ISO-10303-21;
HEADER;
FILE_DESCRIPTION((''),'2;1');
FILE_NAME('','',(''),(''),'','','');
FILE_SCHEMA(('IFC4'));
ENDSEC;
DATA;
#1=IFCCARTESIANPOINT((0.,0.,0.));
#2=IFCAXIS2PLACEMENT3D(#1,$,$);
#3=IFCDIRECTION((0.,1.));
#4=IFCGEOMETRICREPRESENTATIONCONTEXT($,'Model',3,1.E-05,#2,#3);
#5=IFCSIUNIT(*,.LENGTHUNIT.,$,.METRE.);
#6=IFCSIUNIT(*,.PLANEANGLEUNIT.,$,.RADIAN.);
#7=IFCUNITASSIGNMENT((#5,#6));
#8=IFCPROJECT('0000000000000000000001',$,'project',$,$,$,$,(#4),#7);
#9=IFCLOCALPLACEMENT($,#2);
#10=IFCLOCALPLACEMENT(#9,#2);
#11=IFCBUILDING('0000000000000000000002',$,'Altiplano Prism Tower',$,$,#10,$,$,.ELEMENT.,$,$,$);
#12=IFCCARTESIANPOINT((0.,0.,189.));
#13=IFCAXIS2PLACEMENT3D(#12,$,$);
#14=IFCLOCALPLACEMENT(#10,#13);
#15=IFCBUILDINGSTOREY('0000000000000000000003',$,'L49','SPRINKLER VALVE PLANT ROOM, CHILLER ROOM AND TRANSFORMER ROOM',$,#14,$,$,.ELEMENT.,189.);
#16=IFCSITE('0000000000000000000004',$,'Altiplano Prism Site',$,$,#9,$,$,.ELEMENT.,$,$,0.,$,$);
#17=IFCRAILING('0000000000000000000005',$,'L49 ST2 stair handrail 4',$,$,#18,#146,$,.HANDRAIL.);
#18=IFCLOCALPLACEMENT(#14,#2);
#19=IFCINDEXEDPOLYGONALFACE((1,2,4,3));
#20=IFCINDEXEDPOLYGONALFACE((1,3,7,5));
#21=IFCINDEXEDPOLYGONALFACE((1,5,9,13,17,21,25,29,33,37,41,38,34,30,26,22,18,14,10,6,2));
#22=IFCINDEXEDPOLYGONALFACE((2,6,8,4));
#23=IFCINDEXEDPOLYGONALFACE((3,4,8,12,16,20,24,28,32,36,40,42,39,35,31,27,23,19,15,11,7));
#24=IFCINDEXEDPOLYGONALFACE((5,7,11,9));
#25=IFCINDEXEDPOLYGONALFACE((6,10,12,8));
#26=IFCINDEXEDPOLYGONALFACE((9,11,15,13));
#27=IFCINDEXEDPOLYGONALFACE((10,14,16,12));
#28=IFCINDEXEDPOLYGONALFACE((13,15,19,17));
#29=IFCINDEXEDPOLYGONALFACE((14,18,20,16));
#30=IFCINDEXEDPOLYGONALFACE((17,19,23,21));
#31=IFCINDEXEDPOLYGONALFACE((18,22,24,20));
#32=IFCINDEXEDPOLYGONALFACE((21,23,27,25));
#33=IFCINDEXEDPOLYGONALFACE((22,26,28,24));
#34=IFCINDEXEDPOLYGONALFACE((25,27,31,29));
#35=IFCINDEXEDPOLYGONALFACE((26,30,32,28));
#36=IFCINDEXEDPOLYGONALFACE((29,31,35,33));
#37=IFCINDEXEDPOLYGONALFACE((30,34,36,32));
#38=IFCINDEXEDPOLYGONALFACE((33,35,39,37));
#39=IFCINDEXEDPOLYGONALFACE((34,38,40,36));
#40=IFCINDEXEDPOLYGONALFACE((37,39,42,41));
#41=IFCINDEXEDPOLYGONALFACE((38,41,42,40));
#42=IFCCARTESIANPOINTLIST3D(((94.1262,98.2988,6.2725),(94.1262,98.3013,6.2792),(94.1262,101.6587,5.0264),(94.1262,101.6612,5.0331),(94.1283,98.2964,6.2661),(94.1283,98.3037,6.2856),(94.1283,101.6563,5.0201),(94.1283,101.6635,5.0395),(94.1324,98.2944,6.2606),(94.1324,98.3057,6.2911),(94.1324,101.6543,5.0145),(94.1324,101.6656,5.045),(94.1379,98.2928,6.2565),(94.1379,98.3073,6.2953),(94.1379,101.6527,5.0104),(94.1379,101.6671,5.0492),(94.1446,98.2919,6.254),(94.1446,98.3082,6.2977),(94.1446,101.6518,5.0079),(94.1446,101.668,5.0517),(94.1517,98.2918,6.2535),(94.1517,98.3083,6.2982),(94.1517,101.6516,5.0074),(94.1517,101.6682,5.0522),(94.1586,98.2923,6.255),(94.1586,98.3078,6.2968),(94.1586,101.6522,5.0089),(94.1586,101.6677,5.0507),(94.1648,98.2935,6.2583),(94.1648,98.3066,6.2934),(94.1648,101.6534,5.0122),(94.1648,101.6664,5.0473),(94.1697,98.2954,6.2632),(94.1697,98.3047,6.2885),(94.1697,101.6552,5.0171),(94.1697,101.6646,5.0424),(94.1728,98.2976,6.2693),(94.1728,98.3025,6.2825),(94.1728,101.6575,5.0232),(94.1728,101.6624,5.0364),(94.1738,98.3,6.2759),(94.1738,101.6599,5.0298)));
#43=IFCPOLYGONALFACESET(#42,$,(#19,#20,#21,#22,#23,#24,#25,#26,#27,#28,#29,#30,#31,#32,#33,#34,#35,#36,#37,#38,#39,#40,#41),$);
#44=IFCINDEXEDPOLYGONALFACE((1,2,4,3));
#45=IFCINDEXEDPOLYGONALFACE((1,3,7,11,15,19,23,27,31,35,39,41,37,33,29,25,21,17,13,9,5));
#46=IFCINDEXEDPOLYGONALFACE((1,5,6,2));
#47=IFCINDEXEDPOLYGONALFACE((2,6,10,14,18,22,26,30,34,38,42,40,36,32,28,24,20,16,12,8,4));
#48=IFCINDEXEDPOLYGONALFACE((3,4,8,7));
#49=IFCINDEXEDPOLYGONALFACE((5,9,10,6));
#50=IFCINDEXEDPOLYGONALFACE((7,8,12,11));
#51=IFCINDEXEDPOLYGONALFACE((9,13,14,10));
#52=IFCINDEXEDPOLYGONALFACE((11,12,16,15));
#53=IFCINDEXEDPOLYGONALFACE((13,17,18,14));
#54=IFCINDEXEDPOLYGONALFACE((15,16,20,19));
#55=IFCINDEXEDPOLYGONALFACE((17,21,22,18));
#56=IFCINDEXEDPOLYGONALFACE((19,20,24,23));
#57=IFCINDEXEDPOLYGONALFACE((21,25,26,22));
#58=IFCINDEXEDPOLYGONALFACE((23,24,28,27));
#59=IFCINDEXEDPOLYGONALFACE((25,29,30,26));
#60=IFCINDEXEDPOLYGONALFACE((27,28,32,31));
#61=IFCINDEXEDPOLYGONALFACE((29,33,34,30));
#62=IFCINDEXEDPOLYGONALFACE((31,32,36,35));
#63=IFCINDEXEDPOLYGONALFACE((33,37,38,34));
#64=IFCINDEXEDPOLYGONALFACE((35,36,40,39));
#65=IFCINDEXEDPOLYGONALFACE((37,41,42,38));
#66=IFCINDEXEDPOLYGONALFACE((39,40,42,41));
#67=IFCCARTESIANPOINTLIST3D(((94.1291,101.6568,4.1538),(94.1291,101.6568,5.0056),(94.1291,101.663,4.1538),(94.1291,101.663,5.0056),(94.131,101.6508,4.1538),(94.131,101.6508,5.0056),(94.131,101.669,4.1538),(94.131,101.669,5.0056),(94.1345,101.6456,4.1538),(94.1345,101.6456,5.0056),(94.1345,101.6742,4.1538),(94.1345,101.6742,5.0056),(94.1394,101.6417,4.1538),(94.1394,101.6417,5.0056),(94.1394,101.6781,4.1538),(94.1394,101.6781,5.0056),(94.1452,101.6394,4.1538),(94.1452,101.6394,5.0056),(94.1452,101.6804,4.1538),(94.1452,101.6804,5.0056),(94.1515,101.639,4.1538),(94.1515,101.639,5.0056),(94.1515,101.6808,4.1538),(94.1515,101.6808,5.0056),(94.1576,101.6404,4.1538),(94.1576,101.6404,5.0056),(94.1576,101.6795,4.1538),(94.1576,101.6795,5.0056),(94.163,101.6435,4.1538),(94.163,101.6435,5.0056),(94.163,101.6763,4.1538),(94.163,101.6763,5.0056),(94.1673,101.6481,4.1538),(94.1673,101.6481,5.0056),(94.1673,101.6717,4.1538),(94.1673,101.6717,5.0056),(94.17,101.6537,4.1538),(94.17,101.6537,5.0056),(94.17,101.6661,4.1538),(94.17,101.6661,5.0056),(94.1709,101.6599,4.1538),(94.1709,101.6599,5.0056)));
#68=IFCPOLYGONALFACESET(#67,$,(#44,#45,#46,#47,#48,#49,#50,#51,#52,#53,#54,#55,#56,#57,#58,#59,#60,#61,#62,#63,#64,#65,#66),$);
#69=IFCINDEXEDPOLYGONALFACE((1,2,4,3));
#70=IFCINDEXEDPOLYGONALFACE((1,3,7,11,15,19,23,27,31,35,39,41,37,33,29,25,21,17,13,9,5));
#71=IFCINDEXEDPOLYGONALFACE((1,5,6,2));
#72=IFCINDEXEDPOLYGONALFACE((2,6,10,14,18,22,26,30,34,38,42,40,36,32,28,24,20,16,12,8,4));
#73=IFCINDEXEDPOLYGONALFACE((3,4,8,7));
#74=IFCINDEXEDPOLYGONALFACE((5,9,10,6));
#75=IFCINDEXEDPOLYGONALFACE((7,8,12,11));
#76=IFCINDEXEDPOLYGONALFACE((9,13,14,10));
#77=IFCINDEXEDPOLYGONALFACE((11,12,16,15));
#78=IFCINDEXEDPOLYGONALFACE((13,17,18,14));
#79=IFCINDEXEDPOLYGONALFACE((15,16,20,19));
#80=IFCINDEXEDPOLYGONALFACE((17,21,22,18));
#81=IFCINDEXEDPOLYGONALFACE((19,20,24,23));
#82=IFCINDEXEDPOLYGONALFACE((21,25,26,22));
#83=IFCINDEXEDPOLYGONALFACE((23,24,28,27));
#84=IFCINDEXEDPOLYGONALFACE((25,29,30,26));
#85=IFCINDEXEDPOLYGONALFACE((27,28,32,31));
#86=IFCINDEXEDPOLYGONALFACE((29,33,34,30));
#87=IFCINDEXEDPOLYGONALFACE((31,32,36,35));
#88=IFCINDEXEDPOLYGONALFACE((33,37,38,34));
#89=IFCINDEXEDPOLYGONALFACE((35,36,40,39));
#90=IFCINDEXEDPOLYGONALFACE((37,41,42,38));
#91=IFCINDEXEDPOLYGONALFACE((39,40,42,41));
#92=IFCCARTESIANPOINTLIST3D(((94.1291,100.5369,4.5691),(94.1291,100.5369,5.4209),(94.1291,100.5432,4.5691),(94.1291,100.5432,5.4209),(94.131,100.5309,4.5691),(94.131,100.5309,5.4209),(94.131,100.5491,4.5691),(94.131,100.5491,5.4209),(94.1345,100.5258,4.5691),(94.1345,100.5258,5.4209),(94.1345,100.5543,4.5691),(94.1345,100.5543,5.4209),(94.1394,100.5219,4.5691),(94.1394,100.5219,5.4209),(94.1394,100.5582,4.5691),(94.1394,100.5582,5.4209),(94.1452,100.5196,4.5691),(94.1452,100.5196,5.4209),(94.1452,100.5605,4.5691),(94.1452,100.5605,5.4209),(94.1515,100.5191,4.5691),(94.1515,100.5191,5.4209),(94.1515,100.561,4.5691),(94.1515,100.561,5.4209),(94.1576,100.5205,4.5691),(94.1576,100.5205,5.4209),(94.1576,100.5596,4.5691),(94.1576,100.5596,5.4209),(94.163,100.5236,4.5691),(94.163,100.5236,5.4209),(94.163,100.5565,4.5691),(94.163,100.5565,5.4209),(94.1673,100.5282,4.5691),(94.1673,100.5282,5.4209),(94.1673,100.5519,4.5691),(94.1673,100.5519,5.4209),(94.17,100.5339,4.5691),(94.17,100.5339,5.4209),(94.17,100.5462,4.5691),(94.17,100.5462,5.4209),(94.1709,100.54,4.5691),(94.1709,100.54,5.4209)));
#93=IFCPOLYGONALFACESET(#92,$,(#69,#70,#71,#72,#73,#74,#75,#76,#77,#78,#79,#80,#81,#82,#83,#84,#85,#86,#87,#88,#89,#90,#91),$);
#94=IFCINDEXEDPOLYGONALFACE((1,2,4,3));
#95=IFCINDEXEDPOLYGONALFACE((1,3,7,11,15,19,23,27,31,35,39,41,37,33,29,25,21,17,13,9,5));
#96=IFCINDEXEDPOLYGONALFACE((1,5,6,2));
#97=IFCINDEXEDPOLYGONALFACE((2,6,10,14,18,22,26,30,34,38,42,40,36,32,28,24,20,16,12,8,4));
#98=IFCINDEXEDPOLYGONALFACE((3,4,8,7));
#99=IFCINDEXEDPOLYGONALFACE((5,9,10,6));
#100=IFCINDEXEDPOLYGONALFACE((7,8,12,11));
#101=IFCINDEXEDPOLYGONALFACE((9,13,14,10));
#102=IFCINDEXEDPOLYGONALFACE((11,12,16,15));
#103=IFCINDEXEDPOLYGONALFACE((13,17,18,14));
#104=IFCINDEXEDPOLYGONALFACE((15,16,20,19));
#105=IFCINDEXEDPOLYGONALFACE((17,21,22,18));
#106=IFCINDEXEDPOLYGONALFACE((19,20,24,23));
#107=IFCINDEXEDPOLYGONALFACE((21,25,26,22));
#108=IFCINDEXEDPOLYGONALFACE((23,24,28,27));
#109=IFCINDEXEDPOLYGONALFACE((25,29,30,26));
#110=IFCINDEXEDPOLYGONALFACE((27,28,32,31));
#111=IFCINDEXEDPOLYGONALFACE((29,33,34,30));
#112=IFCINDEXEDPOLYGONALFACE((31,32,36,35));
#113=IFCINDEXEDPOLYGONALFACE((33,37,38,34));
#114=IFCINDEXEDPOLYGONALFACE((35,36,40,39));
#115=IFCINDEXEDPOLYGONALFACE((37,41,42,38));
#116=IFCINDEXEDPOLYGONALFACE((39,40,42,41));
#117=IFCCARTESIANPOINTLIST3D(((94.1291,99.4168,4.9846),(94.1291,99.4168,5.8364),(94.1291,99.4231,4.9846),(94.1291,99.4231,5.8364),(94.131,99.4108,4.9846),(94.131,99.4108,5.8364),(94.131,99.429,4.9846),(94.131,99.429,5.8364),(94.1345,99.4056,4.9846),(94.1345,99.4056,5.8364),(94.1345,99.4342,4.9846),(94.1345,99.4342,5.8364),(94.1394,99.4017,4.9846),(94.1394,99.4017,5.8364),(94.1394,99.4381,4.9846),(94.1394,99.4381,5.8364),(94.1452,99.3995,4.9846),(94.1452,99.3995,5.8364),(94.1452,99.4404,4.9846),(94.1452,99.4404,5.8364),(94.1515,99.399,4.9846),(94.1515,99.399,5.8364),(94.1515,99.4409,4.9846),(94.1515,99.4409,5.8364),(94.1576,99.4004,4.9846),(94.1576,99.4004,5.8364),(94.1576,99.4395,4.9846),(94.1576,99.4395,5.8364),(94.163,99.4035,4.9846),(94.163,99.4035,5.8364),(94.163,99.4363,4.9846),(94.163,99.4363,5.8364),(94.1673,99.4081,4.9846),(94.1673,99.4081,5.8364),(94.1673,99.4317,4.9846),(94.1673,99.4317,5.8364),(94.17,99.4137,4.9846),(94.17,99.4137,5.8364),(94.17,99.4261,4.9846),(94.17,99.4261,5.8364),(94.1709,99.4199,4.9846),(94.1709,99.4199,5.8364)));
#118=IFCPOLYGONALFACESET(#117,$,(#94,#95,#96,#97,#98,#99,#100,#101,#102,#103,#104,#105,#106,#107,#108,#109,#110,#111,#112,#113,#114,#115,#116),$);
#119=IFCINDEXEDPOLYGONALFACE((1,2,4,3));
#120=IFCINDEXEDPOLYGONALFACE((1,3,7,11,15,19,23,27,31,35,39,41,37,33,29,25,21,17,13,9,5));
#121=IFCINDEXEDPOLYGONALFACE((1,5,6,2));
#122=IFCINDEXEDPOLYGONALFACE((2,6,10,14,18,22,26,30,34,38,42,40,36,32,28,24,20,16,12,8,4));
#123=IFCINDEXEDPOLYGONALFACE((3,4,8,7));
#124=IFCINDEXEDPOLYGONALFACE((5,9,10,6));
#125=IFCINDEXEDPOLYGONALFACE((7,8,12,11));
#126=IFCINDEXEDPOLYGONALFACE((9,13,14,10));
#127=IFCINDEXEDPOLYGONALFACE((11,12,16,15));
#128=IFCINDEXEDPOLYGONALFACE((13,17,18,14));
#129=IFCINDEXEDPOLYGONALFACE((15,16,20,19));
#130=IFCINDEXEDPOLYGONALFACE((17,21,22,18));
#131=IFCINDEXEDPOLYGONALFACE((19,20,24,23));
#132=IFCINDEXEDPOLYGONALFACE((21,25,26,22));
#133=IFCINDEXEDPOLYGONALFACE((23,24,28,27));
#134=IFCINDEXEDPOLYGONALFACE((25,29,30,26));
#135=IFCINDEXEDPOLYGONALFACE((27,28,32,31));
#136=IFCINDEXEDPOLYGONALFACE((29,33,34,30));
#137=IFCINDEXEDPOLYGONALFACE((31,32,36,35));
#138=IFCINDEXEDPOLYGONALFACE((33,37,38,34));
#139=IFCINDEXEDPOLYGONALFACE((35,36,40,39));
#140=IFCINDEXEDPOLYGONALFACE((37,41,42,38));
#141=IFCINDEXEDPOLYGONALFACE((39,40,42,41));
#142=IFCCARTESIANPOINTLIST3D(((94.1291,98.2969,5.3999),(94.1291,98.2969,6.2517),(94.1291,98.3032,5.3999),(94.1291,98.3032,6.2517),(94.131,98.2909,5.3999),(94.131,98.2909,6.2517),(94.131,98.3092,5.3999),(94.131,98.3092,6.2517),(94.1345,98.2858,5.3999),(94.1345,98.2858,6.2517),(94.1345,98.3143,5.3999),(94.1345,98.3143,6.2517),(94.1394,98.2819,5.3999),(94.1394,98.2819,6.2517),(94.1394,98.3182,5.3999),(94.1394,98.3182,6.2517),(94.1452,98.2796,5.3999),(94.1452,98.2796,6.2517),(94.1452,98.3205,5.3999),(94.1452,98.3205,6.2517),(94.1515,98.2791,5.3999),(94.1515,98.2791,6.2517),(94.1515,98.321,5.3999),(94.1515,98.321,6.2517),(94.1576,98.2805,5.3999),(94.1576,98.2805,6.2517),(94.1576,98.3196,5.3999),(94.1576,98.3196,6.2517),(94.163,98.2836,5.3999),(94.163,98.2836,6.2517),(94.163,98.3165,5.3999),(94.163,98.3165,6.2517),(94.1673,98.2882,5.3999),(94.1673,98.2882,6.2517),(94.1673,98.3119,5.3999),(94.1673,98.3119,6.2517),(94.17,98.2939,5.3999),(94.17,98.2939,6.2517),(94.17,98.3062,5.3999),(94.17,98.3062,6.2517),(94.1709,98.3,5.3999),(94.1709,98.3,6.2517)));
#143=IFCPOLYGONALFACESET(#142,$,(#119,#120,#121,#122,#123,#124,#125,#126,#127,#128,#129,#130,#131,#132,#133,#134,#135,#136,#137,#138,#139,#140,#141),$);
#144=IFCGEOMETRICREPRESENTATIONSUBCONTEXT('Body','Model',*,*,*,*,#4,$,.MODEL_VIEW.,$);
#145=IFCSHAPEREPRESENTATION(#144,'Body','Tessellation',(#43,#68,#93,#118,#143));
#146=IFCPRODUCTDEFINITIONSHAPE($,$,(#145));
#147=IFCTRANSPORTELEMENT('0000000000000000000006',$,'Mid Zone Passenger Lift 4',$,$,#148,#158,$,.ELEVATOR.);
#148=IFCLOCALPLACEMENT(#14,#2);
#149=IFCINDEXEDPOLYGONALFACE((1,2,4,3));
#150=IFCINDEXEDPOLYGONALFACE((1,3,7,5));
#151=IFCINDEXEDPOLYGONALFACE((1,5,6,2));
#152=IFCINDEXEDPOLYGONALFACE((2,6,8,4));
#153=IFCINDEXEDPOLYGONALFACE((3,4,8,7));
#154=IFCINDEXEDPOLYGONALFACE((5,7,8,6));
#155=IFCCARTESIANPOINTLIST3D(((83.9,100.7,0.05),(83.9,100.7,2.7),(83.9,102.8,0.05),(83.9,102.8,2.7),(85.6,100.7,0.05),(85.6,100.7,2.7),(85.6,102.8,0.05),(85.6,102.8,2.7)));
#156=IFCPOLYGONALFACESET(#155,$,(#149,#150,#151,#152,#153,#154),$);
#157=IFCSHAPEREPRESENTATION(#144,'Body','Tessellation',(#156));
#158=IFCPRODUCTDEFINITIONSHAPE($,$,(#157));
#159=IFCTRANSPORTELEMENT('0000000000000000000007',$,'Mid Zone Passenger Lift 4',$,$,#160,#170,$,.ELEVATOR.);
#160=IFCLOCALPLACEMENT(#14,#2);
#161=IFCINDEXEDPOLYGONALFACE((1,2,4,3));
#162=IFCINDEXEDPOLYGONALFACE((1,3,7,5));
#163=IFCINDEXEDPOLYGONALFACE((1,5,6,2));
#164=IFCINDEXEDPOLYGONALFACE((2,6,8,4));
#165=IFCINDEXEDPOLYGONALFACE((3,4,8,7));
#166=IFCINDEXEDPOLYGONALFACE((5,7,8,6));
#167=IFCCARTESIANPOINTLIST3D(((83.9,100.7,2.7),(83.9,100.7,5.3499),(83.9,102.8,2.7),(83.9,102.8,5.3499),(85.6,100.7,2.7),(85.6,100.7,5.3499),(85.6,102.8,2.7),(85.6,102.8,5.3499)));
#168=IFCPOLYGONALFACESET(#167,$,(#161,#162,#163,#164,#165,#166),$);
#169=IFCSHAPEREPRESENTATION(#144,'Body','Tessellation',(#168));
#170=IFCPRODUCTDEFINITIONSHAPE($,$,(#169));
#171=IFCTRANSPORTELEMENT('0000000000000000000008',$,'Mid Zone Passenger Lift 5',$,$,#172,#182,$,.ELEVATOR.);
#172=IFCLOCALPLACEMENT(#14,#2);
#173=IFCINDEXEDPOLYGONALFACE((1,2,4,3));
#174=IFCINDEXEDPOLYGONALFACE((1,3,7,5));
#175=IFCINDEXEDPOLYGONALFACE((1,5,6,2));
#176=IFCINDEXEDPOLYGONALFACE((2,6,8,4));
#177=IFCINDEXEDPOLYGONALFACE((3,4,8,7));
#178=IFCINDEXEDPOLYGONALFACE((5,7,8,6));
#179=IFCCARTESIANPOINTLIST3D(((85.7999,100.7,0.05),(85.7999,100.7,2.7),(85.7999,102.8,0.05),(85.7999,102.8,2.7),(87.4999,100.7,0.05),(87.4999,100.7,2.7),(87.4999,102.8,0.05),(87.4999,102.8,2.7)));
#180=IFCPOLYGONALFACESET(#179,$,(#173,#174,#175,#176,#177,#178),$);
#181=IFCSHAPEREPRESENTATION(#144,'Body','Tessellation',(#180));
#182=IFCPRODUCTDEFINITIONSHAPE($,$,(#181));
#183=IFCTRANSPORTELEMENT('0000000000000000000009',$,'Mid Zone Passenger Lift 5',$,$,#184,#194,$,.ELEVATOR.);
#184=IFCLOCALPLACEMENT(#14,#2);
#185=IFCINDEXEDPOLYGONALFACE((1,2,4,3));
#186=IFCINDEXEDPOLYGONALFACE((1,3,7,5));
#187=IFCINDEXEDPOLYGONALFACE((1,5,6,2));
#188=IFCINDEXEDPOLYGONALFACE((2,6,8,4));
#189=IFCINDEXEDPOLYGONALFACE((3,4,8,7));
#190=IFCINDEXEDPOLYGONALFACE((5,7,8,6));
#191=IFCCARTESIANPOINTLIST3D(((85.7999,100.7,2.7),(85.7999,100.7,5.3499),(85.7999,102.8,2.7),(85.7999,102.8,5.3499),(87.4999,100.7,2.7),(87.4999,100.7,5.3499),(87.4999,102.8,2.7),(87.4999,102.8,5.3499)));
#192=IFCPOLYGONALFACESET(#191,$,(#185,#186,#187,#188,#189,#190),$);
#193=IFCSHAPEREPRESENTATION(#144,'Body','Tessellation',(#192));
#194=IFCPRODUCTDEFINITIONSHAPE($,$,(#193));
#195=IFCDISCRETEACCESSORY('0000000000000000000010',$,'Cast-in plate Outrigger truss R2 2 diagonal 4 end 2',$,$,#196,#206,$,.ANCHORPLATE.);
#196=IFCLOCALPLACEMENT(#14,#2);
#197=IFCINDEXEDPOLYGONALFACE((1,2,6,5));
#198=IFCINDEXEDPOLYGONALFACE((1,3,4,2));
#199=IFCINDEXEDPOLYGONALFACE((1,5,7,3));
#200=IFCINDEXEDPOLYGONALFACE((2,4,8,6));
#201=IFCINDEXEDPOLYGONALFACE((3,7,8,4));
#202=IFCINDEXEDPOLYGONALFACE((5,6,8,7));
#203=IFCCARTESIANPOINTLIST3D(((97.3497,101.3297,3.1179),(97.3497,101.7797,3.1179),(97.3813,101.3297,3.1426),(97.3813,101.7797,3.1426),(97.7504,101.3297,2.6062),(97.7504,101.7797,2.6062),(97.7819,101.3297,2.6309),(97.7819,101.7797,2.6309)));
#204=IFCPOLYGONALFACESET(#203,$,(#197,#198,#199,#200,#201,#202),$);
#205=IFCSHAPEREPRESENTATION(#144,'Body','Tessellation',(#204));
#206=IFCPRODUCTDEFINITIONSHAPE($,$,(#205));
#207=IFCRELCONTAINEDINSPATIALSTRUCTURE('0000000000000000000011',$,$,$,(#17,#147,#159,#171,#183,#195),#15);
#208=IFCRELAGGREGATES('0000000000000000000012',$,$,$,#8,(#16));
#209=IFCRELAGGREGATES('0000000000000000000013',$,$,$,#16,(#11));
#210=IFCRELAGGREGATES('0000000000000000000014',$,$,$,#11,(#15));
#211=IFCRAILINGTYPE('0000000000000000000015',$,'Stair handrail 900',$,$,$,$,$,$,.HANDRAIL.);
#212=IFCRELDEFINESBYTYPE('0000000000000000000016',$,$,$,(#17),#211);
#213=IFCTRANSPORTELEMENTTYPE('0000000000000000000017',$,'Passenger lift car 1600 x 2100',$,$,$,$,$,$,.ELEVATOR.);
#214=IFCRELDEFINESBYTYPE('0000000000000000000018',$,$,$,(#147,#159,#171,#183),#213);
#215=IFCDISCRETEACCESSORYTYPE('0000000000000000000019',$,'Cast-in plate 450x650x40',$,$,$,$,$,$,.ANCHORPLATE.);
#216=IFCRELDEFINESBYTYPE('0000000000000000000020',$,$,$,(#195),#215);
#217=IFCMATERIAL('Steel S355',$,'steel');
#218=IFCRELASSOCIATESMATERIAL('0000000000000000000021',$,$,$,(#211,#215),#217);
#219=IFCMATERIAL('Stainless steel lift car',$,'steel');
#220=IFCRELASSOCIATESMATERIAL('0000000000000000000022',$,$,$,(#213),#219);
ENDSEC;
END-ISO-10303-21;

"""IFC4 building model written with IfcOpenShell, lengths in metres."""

from ifc_helpers import new_model, si_unit, direction, frame, origin, origin_2d, place, context, subcontext, project, spatial, rectangle, circle, extrude, material, material_profile, profile_set, type_object, element, save


model = new_model("IFC4")

# Units and contexts
model_context = context("Model", 3, precision=1e-05, world=origin(), true_north=direction((0.0, 1.0)))
body_context = subcontext(model_context, "Body", "Model", "MODEL_VIEW")
ifc_project = project(units=[si_unit("LENGTHUNIT", "METRE"), si_unit("PLANEANGLEUNIT", "RADIAN")], contexts=[model_context])

# Site, building, storey
site_placement = place(None, origin())
site = spatial("IfcSite", under=ifc_project, at=site_placement, Name="Altiplano Prism Site", CompositionType="ELEMENT", RefElevation=0.0)
building_placement = place(site_placement, origin())
building = spatial("IfcBuilding", under=site, at=building_placement, Name="Altiplano Prism Tower", CompositionType="ELEMENT")
storey_placement = place(building_placement, frame((0.0, 0.0, 189.0)))
storey = spatial("IfcBuildingStorey", under=building, at=storey_placement, Name="L49", Description="SPRINKLER VALVE PLANT ROOM, CHILLER ROOM AND TRANSFORMER ROOM", CompositionType="ELEMENT", Elevation=189.0)

# Shared definitions
ifc_material_1 = material(Name="Steel S355", Category="steel")

# Railing
railing_type_1 = type_object("IfcRailingType", Name="Stair handrail 900", PredefinedType="HANDRAIL", material=ifc_material_1)
railing_1_placement = place(storey_placement, frame((94.1499, 101.6599, 4.1538)))
element("IfcRailing", 1, at=railing_1_placement, inside=storey, type_object=railing_type_1, Name="L49 ST2 stair handrail 4", PredefinedType="HANDRAIL", context=body_context, shape_type="SweptSolid", body=[
    extrude(circle(Radius=0.0239, at=origin_2d()), frame((0.0, 0.0, 0.876), z_axis=(0.0, -0.937594, 0.347731), x_axis=(1.0, 0.0, 0.0)), (0.0, 0.0, 1.0), 3.5835),
    extrude(circle(Radius=0.021, at=origin_2d()), origin(), (0.0, 0.0, 1.0), 0.8518),
    extrude(circle(Radius=0.021, at=origin_2d()), frame((0.0, -1.1199, 0.4153)), (0.0, 0.0, 1.0), 0.8518),
    extrude(circle(Radius=0.021, at=origin_2d()), frame((0.0, -2.24, 0.8308)), (0.0, 0.0, 1.0), 0.8518),
    extrude(circle(Radius=0.021, at=origin_2d()), frame((0.0, -3.3599, 1.2461)), (0.0, 0.0, 1.0), 0.8518),
])

# Transport elements
ifc_material_2 = material(Name="Stainless steel lift car", Category="steel")
transport_element_type = type_object("IfcTransportElementType", Name="Passenger lift car 1600 x 2100", PredefinedType="ELEVATOR", material=ifc_material_2)
for number, where, z_axis, x_axis, name in (
    (2, (84.75, 101.75, 0.05), (0.0, 0.0, 1.0), (1.0, 0.0, 0.0), "Mid Zone Passenger Lift 4"),
    (3, (84.75, 101.75, 2.7), (0.0, 0.0, 1.0), (1.0, 0.0, 0.0), "Mid Zone Passenger Lift 4"),
    (4, (86.6499, 101.75, 0.05), (0.0, 0.0, 1.0), (1.0, 0.0, 0.0), "Mid Zone Passenger Lift 5"),
    (5, (86.6499, 101.75, 2.7), (0.0, 0.0, 1.0), (1.0, 0.0, 0.0), "Mid Zone Passenger Lift 5"),
):
    element("IfcTransportElement", number, at=place(storey_placement, frame(where, z_axis=z_axis, x_axis=x_axis)), inside=storey, type_object=transport_element_type, Name=name, PredefinedType="ELEVATOR", context=body_context, shape_type="SweptSolid", body=[
        extrude(rectangle(XDim=1.7, YDim=2.1001, at=origin_2d()), origin(), (0.0, 0.0, 1.0), 2.6499),
    ])

# Discrete accessory
ifc_material_profile_1 = material_profile(ifc_material_1, rectangle(XDim=0.45, YDim=0.6499, at=origin_2d()), Name="Cast-in plate 450x650x40")
ifc_profile_set_1 = profile_set([ifc_material_profile_1], Name="Steel S355")
discrete_accessory_type_1 = type_object("IfcDiscreteAccessoryType", Name="Cast-in plate 450x650x40", PredefinedType="ANCHORPLATE", material=ifc_profile_set_1)
discrete_accessory_placement = place(storey_placement, frame((97.55, 101.5547, 2.8621), z_axis=(0.787376, 0.0, 0.616473), x_axis=(0.0, 1.0, 0.0)))
element("IfcDiscreteAccessory", 6, at=discrete_accessory_placement, inside=storey, type_object=discrete_accessory_type_1, Name="Cast-in plate Outrigger truss R2 2 diagonal 4 end 2", PredefinedType="ANCHORPLATE", context=body_context, shape_type="SweptSolid", body=[
    extrude(rectangle(XDim=0.45, YDim=0.6499, at=origin_2d()), origin(), (0.0, 0.0, 1.0), 0.04),
])

save(model, "model.ifc")
